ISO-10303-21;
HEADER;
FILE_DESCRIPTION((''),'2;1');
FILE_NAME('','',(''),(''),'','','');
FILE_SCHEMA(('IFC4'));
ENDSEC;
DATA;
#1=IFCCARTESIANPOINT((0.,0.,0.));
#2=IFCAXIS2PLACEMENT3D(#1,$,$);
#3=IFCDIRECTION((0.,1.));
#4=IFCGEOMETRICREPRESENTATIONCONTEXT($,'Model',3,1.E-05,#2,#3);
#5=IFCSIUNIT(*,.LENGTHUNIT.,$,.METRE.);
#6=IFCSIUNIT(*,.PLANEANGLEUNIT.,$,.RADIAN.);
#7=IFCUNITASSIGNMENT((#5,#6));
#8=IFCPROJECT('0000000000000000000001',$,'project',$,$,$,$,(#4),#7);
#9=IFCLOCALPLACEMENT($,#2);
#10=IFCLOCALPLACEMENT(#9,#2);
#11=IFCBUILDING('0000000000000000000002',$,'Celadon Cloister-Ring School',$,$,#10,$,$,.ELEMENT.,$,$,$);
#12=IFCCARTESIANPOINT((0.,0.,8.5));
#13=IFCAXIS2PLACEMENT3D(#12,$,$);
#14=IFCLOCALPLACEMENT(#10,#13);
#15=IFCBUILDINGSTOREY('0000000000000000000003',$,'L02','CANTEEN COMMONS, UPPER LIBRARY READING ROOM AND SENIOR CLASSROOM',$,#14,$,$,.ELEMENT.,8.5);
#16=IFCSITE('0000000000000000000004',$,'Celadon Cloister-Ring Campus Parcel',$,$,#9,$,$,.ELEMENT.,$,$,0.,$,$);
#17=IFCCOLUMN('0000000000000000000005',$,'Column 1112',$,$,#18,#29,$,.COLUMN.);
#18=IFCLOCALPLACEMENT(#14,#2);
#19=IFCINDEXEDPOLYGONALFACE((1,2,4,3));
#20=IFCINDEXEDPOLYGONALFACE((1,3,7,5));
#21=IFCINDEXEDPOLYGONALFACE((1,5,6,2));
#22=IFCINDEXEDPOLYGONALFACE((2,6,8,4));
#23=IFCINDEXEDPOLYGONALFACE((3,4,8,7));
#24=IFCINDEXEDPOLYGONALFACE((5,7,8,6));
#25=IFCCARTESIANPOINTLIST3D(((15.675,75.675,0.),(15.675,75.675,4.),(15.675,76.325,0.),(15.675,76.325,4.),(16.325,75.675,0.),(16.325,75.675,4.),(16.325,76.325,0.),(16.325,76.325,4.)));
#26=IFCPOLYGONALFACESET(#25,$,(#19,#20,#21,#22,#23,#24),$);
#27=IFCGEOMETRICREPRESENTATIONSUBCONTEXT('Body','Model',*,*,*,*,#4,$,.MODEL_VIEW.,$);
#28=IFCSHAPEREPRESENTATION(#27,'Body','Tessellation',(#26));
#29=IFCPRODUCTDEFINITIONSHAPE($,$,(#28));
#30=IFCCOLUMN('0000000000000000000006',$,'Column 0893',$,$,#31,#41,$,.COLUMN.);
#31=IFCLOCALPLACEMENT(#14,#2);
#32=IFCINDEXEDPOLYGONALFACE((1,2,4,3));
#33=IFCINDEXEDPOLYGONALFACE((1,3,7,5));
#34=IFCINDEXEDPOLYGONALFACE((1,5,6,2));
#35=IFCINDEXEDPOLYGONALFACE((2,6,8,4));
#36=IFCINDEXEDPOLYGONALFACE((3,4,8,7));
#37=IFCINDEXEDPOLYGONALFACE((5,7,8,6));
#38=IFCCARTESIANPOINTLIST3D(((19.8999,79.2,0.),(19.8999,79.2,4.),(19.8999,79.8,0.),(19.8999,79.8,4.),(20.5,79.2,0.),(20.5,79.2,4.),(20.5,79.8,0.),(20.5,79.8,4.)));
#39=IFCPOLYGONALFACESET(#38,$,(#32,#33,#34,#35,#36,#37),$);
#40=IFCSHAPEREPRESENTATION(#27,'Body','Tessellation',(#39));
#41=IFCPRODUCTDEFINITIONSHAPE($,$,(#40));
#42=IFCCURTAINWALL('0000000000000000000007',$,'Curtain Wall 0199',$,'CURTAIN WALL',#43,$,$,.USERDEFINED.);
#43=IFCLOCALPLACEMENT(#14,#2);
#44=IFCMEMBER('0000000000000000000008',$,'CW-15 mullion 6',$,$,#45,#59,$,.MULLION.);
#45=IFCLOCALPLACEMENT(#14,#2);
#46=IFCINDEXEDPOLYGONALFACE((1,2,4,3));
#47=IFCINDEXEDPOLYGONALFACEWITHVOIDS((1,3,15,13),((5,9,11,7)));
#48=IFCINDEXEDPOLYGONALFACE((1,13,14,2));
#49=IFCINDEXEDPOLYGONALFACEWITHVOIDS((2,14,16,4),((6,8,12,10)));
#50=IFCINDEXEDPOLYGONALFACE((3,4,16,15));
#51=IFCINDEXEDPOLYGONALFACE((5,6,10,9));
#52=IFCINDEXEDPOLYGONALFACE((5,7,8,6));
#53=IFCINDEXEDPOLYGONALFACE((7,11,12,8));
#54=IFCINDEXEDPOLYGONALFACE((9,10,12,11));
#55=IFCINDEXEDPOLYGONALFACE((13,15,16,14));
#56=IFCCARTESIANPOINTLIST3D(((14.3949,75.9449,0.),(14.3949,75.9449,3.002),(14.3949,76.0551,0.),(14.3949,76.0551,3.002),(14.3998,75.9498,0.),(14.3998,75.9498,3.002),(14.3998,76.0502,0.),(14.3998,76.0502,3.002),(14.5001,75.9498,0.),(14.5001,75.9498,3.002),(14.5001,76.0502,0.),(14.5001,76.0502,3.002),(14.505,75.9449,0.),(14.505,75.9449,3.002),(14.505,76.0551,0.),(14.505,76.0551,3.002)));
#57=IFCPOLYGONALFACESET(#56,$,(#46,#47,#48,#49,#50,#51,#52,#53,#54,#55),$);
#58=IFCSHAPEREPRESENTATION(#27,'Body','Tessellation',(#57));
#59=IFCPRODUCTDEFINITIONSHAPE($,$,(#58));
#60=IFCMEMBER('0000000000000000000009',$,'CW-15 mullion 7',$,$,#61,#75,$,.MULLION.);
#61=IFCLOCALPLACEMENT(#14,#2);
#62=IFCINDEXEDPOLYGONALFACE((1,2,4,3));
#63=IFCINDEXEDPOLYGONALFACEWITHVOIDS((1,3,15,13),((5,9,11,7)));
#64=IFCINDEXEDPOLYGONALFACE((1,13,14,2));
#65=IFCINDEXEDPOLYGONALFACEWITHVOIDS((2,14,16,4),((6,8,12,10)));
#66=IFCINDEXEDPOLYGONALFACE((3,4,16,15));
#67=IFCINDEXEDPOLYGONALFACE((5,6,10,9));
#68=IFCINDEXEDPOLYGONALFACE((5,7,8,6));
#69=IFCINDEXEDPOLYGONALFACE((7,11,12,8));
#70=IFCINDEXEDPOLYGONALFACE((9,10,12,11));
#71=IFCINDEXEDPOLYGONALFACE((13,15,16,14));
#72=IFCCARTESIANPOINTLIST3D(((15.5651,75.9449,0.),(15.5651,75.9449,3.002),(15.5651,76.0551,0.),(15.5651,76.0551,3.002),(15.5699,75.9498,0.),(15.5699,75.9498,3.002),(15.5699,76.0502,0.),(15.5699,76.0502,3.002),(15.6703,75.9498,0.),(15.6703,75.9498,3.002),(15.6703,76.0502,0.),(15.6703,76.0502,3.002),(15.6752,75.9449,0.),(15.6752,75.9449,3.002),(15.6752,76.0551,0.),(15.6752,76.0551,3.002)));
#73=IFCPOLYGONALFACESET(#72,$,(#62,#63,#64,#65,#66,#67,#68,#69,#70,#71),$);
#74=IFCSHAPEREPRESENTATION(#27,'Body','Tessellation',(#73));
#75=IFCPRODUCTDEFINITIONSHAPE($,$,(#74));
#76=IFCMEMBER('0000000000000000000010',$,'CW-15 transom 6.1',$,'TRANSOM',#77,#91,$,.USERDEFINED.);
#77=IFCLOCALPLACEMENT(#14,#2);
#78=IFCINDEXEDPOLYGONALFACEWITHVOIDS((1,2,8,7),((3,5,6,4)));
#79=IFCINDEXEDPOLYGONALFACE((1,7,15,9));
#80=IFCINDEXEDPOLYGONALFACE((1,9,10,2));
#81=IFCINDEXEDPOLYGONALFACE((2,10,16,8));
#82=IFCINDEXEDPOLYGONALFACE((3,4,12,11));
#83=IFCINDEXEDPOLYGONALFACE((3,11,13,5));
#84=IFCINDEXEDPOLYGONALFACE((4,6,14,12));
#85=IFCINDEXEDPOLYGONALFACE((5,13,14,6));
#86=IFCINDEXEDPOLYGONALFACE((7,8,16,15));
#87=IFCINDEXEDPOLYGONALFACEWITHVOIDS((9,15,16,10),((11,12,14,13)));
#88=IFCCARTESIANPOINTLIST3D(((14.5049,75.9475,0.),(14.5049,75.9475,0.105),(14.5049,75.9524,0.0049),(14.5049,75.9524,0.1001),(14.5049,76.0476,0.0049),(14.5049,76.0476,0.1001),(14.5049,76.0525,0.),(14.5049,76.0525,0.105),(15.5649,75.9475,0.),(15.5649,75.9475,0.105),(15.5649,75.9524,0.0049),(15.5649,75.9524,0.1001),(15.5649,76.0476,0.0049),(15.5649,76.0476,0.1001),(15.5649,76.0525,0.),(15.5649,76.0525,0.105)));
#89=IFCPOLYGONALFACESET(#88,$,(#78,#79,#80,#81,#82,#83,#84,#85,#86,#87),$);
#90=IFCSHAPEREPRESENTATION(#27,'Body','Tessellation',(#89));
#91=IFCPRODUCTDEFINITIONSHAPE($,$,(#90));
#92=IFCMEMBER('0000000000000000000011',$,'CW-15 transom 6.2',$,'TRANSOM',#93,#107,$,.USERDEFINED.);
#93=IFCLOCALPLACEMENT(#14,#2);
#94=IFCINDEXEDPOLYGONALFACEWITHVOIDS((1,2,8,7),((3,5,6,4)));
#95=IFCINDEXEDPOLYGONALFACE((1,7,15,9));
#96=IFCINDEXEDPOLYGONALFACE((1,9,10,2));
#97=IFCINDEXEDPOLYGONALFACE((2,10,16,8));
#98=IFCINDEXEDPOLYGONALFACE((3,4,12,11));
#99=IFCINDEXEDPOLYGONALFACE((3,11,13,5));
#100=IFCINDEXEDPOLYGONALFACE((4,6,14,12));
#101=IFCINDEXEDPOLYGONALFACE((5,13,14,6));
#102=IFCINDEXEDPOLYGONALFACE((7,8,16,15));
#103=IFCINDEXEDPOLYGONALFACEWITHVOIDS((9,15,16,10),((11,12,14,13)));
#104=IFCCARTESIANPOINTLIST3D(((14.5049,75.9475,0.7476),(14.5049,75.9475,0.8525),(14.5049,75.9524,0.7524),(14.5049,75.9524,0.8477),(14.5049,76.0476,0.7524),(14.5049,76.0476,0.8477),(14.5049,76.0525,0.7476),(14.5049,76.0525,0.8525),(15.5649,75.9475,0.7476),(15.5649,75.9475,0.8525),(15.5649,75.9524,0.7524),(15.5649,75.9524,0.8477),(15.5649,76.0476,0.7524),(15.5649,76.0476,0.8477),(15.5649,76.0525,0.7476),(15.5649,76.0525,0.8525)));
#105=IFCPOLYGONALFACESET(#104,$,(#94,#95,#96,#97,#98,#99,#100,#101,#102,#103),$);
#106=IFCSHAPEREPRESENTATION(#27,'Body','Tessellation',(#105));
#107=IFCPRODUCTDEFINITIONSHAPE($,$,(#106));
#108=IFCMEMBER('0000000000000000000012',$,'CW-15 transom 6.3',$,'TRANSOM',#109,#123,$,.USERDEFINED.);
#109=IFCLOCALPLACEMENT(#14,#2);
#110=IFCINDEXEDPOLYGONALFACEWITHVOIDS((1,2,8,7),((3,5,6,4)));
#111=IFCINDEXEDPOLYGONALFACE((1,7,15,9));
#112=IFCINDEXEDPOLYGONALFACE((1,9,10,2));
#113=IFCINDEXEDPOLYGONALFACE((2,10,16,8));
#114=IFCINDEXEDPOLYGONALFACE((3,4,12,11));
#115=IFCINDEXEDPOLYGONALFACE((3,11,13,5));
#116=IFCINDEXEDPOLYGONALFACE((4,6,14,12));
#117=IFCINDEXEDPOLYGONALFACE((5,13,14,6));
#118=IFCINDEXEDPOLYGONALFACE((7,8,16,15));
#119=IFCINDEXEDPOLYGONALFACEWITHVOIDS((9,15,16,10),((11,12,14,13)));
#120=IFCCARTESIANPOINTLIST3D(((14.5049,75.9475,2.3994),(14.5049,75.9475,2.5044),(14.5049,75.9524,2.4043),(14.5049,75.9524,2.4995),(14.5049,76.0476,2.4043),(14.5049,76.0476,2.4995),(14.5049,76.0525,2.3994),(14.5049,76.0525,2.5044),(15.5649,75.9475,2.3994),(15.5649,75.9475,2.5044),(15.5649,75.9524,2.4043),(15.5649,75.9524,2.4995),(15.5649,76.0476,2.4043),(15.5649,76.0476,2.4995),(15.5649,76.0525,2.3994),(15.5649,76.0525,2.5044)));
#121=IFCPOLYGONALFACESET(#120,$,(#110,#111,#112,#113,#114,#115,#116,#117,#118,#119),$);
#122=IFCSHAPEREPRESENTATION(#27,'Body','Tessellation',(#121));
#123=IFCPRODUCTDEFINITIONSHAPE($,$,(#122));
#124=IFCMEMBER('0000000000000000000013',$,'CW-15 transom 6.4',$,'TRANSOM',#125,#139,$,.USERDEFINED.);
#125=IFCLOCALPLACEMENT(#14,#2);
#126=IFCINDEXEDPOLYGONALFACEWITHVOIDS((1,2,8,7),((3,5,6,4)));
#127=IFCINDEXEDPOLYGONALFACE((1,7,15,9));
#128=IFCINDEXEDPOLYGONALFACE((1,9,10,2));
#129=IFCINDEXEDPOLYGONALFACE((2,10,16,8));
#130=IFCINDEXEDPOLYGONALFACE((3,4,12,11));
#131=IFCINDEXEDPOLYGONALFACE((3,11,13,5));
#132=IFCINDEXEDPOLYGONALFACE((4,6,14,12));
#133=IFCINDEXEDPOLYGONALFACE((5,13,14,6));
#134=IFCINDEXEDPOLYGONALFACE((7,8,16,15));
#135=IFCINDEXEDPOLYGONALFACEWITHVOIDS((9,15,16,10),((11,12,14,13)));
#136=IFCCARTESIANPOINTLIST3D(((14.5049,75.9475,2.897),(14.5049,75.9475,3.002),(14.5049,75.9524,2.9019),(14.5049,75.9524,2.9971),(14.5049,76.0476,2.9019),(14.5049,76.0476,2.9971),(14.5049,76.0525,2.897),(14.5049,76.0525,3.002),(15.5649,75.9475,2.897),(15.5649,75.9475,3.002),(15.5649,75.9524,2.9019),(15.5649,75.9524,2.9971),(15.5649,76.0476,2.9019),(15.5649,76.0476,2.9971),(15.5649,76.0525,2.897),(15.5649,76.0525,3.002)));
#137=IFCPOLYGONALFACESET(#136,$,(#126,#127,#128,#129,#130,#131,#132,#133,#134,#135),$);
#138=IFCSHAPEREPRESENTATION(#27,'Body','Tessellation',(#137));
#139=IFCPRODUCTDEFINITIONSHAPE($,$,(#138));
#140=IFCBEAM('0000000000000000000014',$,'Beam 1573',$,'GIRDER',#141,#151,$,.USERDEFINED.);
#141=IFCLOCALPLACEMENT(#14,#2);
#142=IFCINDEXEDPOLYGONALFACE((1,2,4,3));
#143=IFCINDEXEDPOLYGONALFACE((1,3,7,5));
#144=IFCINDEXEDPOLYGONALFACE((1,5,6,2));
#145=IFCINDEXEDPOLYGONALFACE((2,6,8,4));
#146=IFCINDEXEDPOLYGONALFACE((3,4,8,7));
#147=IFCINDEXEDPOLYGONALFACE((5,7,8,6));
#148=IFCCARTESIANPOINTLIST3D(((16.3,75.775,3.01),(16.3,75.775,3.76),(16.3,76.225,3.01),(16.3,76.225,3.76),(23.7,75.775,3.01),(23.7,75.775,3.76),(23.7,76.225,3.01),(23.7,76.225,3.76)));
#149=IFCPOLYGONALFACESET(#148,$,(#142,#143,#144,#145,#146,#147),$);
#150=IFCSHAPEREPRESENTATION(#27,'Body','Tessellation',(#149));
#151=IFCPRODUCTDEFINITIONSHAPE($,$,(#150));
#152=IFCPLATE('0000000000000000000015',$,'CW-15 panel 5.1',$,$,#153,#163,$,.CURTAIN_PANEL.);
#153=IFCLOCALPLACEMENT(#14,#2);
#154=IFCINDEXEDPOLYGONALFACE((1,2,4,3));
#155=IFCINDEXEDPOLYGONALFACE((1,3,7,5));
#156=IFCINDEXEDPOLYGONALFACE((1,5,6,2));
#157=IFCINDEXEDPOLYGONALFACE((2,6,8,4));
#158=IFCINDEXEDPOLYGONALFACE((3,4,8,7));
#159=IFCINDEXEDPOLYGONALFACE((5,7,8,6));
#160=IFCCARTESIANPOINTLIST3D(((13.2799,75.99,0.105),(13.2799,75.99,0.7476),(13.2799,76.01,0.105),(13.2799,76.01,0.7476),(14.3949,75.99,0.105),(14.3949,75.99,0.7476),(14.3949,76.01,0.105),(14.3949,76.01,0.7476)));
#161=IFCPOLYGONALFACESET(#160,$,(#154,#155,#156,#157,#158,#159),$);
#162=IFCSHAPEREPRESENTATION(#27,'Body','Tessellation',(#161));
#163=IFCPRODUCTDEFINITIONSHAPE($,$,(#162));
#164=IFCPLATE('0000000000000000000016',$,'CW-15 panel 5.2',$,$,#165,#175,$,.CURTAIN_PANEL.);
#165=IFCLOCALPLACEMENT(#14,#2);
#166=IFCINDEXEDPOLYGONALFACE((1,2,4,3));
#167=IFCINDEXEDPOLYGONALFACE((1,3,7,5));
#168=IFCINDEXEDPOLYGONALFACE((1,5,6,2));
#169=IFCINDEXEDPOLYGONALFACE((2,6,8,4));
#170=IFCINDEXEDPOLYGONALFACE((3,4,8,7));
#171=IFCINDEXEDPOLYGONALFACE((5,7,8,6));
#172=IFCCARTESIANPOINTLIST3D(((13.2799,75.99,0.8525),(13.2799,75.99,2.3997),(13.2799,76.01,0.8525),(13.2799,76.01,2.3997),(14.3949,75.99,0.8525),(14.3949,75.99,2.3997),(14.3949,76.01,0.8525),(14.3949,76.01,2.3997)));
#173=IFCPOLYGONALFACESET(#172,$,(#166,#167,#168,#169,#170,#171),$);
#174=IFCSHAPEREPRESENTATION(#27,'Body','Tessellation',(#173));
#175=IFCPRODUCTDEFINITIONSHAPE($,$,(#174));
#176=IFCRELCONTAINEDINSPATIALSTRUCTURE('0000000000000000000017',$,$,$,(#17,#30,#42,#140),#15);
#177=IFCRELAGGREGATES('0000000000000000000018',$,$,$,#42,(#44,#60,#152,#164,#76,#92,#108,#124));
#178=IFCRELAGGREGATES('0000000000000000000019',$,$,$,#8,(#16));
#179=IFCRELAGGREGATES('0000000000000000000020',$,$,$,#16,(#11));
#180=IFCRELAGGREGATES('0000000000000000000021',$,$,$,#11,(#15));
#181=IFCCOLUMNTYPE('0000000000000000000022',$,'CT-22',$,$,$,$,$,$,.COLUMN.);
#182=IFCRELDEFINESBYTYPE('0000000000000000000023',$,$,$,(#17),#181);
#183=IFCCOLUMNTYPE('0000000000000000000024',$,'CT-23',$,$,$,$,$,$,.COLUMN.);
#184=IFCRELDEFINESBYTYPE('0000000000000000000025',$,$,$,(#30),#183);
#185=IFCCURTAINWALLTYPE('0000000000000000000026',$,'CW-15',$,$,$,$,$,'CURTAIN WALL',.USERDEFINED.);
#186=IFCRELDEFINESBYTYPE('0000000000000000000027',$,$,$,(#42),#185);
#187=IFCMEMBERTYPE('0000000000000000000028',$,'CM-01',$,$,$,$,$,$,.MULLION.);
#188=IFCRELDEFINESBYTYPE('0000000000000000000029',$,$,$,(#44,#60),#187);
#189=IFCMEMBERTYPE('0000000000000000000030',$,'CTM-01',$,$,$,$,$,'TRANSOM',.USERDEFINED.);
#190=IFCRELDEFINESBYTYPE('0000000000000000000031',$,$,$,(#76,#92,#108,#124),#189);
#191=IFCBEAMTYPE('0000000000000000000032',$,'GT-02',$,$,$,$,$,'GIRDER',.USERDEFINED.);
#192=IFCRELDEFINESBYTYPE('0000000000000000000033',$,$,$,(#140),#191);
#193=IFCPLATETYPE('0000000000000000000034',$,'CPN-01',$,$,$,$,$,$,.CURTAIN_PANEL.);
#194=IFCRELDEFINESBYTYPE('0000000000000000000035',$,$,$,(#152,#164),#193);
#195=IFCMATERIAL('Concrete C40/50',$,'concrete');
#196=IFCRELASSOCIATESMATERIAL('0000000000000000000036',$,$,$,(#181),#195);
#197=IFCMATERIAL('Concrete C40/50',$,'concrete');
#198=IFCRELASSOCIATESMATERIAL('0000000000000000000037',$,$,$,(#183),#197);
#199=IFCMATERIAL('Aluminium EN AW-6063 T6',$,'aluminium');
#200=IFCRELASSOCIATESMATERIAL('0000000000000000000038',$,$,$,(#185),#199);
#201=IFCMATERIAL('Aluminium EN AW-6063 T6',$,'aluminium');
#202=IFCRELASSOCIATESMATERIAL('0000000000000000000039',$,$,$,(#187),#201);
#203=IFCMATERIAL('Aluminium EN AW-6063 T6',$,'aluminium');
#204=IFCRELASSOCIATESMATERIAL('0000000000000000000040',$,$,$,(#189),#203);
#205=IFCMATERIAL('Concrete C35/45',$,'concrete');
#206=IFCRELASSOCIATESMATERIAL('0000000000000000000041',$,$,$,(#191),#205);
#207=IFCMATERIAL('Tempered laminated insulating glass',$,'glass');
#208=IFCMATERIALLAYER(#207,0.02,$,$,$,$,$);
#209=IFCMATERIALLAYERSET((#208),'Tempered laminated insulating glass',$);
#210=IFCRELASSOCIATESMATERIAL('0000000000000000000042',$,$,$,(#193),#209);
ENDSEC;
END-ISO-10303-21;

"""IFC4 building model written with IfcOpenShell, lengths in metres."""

from ifc_helpers import new_model, si_unit, direction, frame, origin, origin_2d, place, context, subcontext, project, spatial, rectangle, hollow_rectangle, extrude, material, layer, layer_set, material_profile, profile_set, type_object, element, aggregate, save


model = new_model("IFC4")

# Units and contexts
model_context = context("Model", 3, precision=1e-05, world=origin(), true_north=direction((0.0, 1.0)))
body_context = subcontext(model_context, "Body", "Model", "MODEL_VIEW")
ifc_project = project(units=[si_unit("LENGTHUNIT", "METRE"), si_unit("PLANEANGLEUNIT", "RADIAN")], contexts=[model_context])

# Site, building, storey
site_placement = place(None, origin())
site = spatial("IfcSite", under=ifc_project, at=site_placement, Name="Celadon Cloister-Ring Campus Parcel", CompositionType="ELEMENT", RefElevation=0.0)
building_placement = place(site_placement, origin())
building = spatial("IfcBuilding", under=site, at=building_placement, Name="Celadon Cloister-Ring School", CompositionType="ELEMENT")
storey_placement = place(building_placement, frame((0.0, 0.0, 8.5)))
storey = spatial("IfcBuildingStorey", under=building, at=storey_placement, Name="L02", Description="CANTEEN COMMONS, UPPER LIBRARY READING ROOM AND SENIOR CLASSROOM", CompositionType="ELEMENT", Elevation=8.5)

# Columns
ifc_material_1 = material(Name="Concrete C40/50", Category="concrete")
ifc_material_profile_1 = material_profile(ifc_material_1, rectangle(XDim=0.6499, YDim=0.6499, at=origin_2d()), Name="RC650X650")
ifc_profile_set_1 = profile_set([ifc_material_profile_1], Name="Concrete C40/50")
column_type_1 = type_object("IfcColumnType", Name="CT-22", PredefinedType="COLUMN", material=ifc_profile_set_1)
column_1_placement = place(storey_placement, frame((16.0, 76.0, 0.0), z_axis=(0.0, 0.0, 1.0), x_axis=(1.0, 0.0, 0.0)))
element("IfcColumn", 1, at=column_1_placement, inside=storey, type_object=column_type_1, Name="Column 1112", PredefinedType="COLUMN", context=body_context, shape_type="SweptSolid", body=[
    extrude(rectangle(XDim=0.6499, YDim=0.6499, at=origin_2d()), origin(), (0.0, 0.0, 1.0), 4.0),
])
ifc_material_2 = material(Name="Concrete C40/50", Category="concrete")
ifc_material_profile_2 = material_profile(ifc_material_2, rectangle(XDim=0.6001, YDim=0.6001, at=origin_2d()), Name="RC600X600")
ifc_profile_set_2 = profile_set([ifc_material_profile_2], Name="Concrete C40/50")
column_type_2 = type_object("IfcColumnType", Name="CT-23", PredefinedType="COLUMN", material=ifc_profile_set_2)
column_2_placement = place(storey_placement, frame((20.2, 79.5, 0.0), z_axis=(0.0, 0.0, 1.0), x_axis=(0.0, -1.0, 0.0)))
element("IfcColumn", 2, at=column_2_placement, inside=storey, type_object=column_type_2, Name="Column 0893", PredefinedType="COLUMN", context=body_context, shape_type="SweptSolid", body=[
    extrude(rectangle(XDim=0.6001, YDim=0.6001, at=origin_2d()), origin(), (0.0, 0.0, 1.0), 4.0),
])

# Curtain wall, members
ifc_material_3 = material(Name="Aluminium EN AW-6063 T6", Category="aluminium")
curtain_wall_type = type_object("IfcCurtainWallType", Name="CW-15", ElementType="CURTAIN WALL", PredefinedType="USERDEFINED", material=ifc_material_3)
curtain_wall_placement = place(storey_placement, origin())
curtain_wall = element("IfcCurtainWall", 3, at=curtain_wall_placement, inside=storey, type_object=curtain_wall_type, Name="Curtain Wall 0199", ObjectType="CURTAIN WALL", PredefinedType="USERDEFINED")
ifc_material_4 = material(Name="Aluminium EN AW-6063 T6", Category="aluminium")
ifc_material_profile_3 = material_profile(ifc_material_4, hollow_rectangle(XDim=0.1101, YDim=0.1101, WallThickness=0.0049, at=origin_2d()), Name="RHS110X110X5")
ifc_profile_set_3 = profile_set([ifc_material_profile_3], Name="Aluminium EN AW-6063 T6")
member_type_1 = type_object("IfcMemberType", Name="CM-01", PredefinedType="MULLION", material=ifc_profile_set_3)
member_1_placement = place(storey_placement, frame((14.45, 76.0, 0.0), z_axis=(0.0, 0.0, 1.0), x_axis=(0.0, 1.0, 0.0)))
member_1 = element("IfcMember", 4, at=member_1_placement, type_object=member_type_1, Name="CW-15 mullion 6", PredefinedType="MULLION", context=body_context, shape_type="SweptSolid", body=[
    extrude(hollow_rectangle(XDim=0.1101, YDim=0.1101, WallThickness=0.0049, at=origin_2d()), origin(), (0.0, 0.0, 1.0), 3.002),
])
member_2_placement = place(storey_placement, frame((15.6201, 76.0, 0.0), z_axis=(0.0, 0.0, 1.0), x_axis=(0.0, 1.0, 0.0)))
member_2 = element("IfcMember", 5, at=member_2_placement, type_object=member_type_1, Name="CW-15 mullion 7", PredefinedType="MULLION", context=body_context, shape_type="SweptSolid", body=[
    extrude(hollow_rectangle(XDim=0.1101, YDim=0.1101, WallThickness=0.0049, at=origin_2d()), origin(), (0.0, 0.0, 1.0), 3.002),
])
ifc_material_5 = material(Name="Aluminium EN AW-6063 T6", Category="aluminium")
ifc_material_profile_4 = material_profile(ifc_material_5, hollow_rectangle(XDim=0.105, YDim=0.105, WallThickness=0.0049, at=origin_2d()), Name="RHS105X105X5")
ifc_profile_set_4 = profile_set([ifc_material_profile_4], Name="Aluminium EN AW-6063 T6")
member_type_2 = type_object("IfcMemberType", Name="CTM-01", ElementType="TRANSOM", PredefinedType="USERDEFINED", material=ifc_profile_set_4)
member_3_placement = place(storey_placement, frame((14.5049, 76.0, 0.0525), z_axis=(1.0, 0.0, 0.0), x_axis=(0.0, 1.0, 0.0)))
member_3 = element("IfcMember", 6, at=member_3_placement, type_object=member_type_2, Name="CW-15 transom 6.1", ObjectType="TRANSOM", PredefinedType="USERDEFINED", context=body_context, shape_type="SweptSolid", body=[
    extrude(hollow_rectangle(XDim=0.105, YDim=0.105, WallThickness=0.0049, at=origin_2d()), origin(), (0.0, 0.0, 1.0), 1.0601),
])
member_4_placement = place(storey_placement, frame((14.5049, 76.0, 0.8), z_axis=(1.0, 0.0, 0.0), x_axis=(0.0, 1.0, 0.0)))
member_4 = element("IfcMember", 7, at=member_4_placement, type_object=member_type_2, Name="CW-15 transom 6.2", ObjectType="TRANSOM", PredefinedType="USERDEFINED", context=body_context, shape_type="SweptSolid", body=[
    extrude(hollow_rectangle(XDim=0.105, YDim=0.105, WallThickness=0.0049, at=origin_2d()), origin(), (0.0, 0.0, 1.0), 1.0601),
])
member_5_placement = place(storey_placement, frame((14.5049, 76.0, 2.4519), z_axis=(1.0, 0.0, 0.0), x_axis=(0.0, 1.0, 0.0)))
member_5 = element("IfcMember", 8, at=member_5_placement, type_object=member_type_2, Name="CW-15 transom 6.3", ObjectType="TRANSOM", PredefinedType="USERDEFINED", context=body_context, shape_type="SweptSolid", body=[
    extrude(hollow_rectangle(XDim=0.105, YDim=0.105, WallThickness=0.0049, at=origin_2d()), origin(), (0.0, 0.0, 1.0), 1.0601),
])
member_6_placement = place(storey_placement, frame((14.5049, 76.0, 2.9495), z_axis=(1.0, 0.0, 0.0), x_axis=(0.0, 1.0, 0.0)))
member_6 = element("IfcMember", 9, at=member_6_placement, type_object=member_type_2, Name="CW-15 transom 6.4", ObjectType="TRANSOM", PredefinedType="USERDEFINED", context=body_context, shape_type="SweptSolid", body=[
    extrude(hollow_rectangle(XDim=0.105, YDim=0.105, WallThickness=0.0049, at=origin_2d()), origin(), (0.0, 0.0, 1.0), 1.0601),
])

# Beam
ifc_material_6 = material(Name="Concrete C35/45", Category="concrete")
ifc_material_profile_5 = material_profile(ifc_material_6, rectangle(XDim=0.45, YDim=0.75, at=origin_2d()), Name="RC450X750")
ifc_profile_set_5 = profile_set([ifc_material_profile_5], Name="Concrete C35/45")
beam_type = type_object("IfcBeamType", Name="GT-02", ElementType="GIRDER", PredefinedType="USERDEFINED", material=ifc_profile_set_5)
beam_placement = place(storey_placement, frame((16.3, 76.0, 3.385), z_axis=(1.0, 0.0, 0.0), x_axis=(0.0, 1.0, 0.0)))
element("IfcBeam", 10, at=beam_placement, inside=storey, type_object=beam_type, Name="Beam 1573", ObjectType="GIRDER", PredefinedType="USERDEFINED", context=body_context, shape_type="SweptSolid", body=[
    extrude(rectangle(XDim=0.45, YDim=0.75, at=origin_2d()), origin(), (0.0, 0.0, 1.0), 7.3999),
])

# Plates
ifc_material_7 = material(Name="Tempered laminated insulating glass", Category="glass")
ifc_layer_1 = layer(ifc_material_7, 0.02)
ifc_layer_set_1 = layer_set([ifc_layer_1], Name="Tempered laminated insulating glass")
plate_type = type_object("IfcPlateType", Name="CPN-01", PredefinedType="CURTAIN_PANEL", material=ifc_layer_set_1)
plate_1_placement = place(storey_placement, frame((13.8374, 76.0, 0.105), z_axis=(0.0, 0.0, 1.0), x_axis=(1.0, 0.0, 0.0)))
plate_1 = element("IfcPlate", 11, at=plate_1_placement, type_object=plate_type, Name="CW-15 panel 5.1", PredefinedType="CURTAIN_PANEL", context=body_context, shape_type="SweptSolid", body=[
    extrude(rectangle(XDim=1.115, YDim=0.02, at=origin_2d()), origin(), (0.0, 0.0, 1.0), 0.6426),
])
plate_2_placement = place(storey_placement, frame((13.8374, 76.0, 0.8525), z_axis=(0.0, 0.0, 1.0), x_axis=(1.0, 0.0, 0.0)))
plate_2 = element("IfcPlate", 12, at=plate_2_placement, type_object=plate_type, Name="CW-15 panel 5.2", PredefinedType="CURTAIN_PANEL", context=body_context, shape_type="SweptSolid", body=[
    extrude(rectangle(XDim=1.115, YDim=0.02, at=origin_2d()), origin(), (0.0, 0.0, 1.0), 1.5471),
])
aggregate(curtain_wall, [member_1, member_2, plate_1, plate_2, member_3, member_4, member_5, member_6])

save(model, "model.ifc")
